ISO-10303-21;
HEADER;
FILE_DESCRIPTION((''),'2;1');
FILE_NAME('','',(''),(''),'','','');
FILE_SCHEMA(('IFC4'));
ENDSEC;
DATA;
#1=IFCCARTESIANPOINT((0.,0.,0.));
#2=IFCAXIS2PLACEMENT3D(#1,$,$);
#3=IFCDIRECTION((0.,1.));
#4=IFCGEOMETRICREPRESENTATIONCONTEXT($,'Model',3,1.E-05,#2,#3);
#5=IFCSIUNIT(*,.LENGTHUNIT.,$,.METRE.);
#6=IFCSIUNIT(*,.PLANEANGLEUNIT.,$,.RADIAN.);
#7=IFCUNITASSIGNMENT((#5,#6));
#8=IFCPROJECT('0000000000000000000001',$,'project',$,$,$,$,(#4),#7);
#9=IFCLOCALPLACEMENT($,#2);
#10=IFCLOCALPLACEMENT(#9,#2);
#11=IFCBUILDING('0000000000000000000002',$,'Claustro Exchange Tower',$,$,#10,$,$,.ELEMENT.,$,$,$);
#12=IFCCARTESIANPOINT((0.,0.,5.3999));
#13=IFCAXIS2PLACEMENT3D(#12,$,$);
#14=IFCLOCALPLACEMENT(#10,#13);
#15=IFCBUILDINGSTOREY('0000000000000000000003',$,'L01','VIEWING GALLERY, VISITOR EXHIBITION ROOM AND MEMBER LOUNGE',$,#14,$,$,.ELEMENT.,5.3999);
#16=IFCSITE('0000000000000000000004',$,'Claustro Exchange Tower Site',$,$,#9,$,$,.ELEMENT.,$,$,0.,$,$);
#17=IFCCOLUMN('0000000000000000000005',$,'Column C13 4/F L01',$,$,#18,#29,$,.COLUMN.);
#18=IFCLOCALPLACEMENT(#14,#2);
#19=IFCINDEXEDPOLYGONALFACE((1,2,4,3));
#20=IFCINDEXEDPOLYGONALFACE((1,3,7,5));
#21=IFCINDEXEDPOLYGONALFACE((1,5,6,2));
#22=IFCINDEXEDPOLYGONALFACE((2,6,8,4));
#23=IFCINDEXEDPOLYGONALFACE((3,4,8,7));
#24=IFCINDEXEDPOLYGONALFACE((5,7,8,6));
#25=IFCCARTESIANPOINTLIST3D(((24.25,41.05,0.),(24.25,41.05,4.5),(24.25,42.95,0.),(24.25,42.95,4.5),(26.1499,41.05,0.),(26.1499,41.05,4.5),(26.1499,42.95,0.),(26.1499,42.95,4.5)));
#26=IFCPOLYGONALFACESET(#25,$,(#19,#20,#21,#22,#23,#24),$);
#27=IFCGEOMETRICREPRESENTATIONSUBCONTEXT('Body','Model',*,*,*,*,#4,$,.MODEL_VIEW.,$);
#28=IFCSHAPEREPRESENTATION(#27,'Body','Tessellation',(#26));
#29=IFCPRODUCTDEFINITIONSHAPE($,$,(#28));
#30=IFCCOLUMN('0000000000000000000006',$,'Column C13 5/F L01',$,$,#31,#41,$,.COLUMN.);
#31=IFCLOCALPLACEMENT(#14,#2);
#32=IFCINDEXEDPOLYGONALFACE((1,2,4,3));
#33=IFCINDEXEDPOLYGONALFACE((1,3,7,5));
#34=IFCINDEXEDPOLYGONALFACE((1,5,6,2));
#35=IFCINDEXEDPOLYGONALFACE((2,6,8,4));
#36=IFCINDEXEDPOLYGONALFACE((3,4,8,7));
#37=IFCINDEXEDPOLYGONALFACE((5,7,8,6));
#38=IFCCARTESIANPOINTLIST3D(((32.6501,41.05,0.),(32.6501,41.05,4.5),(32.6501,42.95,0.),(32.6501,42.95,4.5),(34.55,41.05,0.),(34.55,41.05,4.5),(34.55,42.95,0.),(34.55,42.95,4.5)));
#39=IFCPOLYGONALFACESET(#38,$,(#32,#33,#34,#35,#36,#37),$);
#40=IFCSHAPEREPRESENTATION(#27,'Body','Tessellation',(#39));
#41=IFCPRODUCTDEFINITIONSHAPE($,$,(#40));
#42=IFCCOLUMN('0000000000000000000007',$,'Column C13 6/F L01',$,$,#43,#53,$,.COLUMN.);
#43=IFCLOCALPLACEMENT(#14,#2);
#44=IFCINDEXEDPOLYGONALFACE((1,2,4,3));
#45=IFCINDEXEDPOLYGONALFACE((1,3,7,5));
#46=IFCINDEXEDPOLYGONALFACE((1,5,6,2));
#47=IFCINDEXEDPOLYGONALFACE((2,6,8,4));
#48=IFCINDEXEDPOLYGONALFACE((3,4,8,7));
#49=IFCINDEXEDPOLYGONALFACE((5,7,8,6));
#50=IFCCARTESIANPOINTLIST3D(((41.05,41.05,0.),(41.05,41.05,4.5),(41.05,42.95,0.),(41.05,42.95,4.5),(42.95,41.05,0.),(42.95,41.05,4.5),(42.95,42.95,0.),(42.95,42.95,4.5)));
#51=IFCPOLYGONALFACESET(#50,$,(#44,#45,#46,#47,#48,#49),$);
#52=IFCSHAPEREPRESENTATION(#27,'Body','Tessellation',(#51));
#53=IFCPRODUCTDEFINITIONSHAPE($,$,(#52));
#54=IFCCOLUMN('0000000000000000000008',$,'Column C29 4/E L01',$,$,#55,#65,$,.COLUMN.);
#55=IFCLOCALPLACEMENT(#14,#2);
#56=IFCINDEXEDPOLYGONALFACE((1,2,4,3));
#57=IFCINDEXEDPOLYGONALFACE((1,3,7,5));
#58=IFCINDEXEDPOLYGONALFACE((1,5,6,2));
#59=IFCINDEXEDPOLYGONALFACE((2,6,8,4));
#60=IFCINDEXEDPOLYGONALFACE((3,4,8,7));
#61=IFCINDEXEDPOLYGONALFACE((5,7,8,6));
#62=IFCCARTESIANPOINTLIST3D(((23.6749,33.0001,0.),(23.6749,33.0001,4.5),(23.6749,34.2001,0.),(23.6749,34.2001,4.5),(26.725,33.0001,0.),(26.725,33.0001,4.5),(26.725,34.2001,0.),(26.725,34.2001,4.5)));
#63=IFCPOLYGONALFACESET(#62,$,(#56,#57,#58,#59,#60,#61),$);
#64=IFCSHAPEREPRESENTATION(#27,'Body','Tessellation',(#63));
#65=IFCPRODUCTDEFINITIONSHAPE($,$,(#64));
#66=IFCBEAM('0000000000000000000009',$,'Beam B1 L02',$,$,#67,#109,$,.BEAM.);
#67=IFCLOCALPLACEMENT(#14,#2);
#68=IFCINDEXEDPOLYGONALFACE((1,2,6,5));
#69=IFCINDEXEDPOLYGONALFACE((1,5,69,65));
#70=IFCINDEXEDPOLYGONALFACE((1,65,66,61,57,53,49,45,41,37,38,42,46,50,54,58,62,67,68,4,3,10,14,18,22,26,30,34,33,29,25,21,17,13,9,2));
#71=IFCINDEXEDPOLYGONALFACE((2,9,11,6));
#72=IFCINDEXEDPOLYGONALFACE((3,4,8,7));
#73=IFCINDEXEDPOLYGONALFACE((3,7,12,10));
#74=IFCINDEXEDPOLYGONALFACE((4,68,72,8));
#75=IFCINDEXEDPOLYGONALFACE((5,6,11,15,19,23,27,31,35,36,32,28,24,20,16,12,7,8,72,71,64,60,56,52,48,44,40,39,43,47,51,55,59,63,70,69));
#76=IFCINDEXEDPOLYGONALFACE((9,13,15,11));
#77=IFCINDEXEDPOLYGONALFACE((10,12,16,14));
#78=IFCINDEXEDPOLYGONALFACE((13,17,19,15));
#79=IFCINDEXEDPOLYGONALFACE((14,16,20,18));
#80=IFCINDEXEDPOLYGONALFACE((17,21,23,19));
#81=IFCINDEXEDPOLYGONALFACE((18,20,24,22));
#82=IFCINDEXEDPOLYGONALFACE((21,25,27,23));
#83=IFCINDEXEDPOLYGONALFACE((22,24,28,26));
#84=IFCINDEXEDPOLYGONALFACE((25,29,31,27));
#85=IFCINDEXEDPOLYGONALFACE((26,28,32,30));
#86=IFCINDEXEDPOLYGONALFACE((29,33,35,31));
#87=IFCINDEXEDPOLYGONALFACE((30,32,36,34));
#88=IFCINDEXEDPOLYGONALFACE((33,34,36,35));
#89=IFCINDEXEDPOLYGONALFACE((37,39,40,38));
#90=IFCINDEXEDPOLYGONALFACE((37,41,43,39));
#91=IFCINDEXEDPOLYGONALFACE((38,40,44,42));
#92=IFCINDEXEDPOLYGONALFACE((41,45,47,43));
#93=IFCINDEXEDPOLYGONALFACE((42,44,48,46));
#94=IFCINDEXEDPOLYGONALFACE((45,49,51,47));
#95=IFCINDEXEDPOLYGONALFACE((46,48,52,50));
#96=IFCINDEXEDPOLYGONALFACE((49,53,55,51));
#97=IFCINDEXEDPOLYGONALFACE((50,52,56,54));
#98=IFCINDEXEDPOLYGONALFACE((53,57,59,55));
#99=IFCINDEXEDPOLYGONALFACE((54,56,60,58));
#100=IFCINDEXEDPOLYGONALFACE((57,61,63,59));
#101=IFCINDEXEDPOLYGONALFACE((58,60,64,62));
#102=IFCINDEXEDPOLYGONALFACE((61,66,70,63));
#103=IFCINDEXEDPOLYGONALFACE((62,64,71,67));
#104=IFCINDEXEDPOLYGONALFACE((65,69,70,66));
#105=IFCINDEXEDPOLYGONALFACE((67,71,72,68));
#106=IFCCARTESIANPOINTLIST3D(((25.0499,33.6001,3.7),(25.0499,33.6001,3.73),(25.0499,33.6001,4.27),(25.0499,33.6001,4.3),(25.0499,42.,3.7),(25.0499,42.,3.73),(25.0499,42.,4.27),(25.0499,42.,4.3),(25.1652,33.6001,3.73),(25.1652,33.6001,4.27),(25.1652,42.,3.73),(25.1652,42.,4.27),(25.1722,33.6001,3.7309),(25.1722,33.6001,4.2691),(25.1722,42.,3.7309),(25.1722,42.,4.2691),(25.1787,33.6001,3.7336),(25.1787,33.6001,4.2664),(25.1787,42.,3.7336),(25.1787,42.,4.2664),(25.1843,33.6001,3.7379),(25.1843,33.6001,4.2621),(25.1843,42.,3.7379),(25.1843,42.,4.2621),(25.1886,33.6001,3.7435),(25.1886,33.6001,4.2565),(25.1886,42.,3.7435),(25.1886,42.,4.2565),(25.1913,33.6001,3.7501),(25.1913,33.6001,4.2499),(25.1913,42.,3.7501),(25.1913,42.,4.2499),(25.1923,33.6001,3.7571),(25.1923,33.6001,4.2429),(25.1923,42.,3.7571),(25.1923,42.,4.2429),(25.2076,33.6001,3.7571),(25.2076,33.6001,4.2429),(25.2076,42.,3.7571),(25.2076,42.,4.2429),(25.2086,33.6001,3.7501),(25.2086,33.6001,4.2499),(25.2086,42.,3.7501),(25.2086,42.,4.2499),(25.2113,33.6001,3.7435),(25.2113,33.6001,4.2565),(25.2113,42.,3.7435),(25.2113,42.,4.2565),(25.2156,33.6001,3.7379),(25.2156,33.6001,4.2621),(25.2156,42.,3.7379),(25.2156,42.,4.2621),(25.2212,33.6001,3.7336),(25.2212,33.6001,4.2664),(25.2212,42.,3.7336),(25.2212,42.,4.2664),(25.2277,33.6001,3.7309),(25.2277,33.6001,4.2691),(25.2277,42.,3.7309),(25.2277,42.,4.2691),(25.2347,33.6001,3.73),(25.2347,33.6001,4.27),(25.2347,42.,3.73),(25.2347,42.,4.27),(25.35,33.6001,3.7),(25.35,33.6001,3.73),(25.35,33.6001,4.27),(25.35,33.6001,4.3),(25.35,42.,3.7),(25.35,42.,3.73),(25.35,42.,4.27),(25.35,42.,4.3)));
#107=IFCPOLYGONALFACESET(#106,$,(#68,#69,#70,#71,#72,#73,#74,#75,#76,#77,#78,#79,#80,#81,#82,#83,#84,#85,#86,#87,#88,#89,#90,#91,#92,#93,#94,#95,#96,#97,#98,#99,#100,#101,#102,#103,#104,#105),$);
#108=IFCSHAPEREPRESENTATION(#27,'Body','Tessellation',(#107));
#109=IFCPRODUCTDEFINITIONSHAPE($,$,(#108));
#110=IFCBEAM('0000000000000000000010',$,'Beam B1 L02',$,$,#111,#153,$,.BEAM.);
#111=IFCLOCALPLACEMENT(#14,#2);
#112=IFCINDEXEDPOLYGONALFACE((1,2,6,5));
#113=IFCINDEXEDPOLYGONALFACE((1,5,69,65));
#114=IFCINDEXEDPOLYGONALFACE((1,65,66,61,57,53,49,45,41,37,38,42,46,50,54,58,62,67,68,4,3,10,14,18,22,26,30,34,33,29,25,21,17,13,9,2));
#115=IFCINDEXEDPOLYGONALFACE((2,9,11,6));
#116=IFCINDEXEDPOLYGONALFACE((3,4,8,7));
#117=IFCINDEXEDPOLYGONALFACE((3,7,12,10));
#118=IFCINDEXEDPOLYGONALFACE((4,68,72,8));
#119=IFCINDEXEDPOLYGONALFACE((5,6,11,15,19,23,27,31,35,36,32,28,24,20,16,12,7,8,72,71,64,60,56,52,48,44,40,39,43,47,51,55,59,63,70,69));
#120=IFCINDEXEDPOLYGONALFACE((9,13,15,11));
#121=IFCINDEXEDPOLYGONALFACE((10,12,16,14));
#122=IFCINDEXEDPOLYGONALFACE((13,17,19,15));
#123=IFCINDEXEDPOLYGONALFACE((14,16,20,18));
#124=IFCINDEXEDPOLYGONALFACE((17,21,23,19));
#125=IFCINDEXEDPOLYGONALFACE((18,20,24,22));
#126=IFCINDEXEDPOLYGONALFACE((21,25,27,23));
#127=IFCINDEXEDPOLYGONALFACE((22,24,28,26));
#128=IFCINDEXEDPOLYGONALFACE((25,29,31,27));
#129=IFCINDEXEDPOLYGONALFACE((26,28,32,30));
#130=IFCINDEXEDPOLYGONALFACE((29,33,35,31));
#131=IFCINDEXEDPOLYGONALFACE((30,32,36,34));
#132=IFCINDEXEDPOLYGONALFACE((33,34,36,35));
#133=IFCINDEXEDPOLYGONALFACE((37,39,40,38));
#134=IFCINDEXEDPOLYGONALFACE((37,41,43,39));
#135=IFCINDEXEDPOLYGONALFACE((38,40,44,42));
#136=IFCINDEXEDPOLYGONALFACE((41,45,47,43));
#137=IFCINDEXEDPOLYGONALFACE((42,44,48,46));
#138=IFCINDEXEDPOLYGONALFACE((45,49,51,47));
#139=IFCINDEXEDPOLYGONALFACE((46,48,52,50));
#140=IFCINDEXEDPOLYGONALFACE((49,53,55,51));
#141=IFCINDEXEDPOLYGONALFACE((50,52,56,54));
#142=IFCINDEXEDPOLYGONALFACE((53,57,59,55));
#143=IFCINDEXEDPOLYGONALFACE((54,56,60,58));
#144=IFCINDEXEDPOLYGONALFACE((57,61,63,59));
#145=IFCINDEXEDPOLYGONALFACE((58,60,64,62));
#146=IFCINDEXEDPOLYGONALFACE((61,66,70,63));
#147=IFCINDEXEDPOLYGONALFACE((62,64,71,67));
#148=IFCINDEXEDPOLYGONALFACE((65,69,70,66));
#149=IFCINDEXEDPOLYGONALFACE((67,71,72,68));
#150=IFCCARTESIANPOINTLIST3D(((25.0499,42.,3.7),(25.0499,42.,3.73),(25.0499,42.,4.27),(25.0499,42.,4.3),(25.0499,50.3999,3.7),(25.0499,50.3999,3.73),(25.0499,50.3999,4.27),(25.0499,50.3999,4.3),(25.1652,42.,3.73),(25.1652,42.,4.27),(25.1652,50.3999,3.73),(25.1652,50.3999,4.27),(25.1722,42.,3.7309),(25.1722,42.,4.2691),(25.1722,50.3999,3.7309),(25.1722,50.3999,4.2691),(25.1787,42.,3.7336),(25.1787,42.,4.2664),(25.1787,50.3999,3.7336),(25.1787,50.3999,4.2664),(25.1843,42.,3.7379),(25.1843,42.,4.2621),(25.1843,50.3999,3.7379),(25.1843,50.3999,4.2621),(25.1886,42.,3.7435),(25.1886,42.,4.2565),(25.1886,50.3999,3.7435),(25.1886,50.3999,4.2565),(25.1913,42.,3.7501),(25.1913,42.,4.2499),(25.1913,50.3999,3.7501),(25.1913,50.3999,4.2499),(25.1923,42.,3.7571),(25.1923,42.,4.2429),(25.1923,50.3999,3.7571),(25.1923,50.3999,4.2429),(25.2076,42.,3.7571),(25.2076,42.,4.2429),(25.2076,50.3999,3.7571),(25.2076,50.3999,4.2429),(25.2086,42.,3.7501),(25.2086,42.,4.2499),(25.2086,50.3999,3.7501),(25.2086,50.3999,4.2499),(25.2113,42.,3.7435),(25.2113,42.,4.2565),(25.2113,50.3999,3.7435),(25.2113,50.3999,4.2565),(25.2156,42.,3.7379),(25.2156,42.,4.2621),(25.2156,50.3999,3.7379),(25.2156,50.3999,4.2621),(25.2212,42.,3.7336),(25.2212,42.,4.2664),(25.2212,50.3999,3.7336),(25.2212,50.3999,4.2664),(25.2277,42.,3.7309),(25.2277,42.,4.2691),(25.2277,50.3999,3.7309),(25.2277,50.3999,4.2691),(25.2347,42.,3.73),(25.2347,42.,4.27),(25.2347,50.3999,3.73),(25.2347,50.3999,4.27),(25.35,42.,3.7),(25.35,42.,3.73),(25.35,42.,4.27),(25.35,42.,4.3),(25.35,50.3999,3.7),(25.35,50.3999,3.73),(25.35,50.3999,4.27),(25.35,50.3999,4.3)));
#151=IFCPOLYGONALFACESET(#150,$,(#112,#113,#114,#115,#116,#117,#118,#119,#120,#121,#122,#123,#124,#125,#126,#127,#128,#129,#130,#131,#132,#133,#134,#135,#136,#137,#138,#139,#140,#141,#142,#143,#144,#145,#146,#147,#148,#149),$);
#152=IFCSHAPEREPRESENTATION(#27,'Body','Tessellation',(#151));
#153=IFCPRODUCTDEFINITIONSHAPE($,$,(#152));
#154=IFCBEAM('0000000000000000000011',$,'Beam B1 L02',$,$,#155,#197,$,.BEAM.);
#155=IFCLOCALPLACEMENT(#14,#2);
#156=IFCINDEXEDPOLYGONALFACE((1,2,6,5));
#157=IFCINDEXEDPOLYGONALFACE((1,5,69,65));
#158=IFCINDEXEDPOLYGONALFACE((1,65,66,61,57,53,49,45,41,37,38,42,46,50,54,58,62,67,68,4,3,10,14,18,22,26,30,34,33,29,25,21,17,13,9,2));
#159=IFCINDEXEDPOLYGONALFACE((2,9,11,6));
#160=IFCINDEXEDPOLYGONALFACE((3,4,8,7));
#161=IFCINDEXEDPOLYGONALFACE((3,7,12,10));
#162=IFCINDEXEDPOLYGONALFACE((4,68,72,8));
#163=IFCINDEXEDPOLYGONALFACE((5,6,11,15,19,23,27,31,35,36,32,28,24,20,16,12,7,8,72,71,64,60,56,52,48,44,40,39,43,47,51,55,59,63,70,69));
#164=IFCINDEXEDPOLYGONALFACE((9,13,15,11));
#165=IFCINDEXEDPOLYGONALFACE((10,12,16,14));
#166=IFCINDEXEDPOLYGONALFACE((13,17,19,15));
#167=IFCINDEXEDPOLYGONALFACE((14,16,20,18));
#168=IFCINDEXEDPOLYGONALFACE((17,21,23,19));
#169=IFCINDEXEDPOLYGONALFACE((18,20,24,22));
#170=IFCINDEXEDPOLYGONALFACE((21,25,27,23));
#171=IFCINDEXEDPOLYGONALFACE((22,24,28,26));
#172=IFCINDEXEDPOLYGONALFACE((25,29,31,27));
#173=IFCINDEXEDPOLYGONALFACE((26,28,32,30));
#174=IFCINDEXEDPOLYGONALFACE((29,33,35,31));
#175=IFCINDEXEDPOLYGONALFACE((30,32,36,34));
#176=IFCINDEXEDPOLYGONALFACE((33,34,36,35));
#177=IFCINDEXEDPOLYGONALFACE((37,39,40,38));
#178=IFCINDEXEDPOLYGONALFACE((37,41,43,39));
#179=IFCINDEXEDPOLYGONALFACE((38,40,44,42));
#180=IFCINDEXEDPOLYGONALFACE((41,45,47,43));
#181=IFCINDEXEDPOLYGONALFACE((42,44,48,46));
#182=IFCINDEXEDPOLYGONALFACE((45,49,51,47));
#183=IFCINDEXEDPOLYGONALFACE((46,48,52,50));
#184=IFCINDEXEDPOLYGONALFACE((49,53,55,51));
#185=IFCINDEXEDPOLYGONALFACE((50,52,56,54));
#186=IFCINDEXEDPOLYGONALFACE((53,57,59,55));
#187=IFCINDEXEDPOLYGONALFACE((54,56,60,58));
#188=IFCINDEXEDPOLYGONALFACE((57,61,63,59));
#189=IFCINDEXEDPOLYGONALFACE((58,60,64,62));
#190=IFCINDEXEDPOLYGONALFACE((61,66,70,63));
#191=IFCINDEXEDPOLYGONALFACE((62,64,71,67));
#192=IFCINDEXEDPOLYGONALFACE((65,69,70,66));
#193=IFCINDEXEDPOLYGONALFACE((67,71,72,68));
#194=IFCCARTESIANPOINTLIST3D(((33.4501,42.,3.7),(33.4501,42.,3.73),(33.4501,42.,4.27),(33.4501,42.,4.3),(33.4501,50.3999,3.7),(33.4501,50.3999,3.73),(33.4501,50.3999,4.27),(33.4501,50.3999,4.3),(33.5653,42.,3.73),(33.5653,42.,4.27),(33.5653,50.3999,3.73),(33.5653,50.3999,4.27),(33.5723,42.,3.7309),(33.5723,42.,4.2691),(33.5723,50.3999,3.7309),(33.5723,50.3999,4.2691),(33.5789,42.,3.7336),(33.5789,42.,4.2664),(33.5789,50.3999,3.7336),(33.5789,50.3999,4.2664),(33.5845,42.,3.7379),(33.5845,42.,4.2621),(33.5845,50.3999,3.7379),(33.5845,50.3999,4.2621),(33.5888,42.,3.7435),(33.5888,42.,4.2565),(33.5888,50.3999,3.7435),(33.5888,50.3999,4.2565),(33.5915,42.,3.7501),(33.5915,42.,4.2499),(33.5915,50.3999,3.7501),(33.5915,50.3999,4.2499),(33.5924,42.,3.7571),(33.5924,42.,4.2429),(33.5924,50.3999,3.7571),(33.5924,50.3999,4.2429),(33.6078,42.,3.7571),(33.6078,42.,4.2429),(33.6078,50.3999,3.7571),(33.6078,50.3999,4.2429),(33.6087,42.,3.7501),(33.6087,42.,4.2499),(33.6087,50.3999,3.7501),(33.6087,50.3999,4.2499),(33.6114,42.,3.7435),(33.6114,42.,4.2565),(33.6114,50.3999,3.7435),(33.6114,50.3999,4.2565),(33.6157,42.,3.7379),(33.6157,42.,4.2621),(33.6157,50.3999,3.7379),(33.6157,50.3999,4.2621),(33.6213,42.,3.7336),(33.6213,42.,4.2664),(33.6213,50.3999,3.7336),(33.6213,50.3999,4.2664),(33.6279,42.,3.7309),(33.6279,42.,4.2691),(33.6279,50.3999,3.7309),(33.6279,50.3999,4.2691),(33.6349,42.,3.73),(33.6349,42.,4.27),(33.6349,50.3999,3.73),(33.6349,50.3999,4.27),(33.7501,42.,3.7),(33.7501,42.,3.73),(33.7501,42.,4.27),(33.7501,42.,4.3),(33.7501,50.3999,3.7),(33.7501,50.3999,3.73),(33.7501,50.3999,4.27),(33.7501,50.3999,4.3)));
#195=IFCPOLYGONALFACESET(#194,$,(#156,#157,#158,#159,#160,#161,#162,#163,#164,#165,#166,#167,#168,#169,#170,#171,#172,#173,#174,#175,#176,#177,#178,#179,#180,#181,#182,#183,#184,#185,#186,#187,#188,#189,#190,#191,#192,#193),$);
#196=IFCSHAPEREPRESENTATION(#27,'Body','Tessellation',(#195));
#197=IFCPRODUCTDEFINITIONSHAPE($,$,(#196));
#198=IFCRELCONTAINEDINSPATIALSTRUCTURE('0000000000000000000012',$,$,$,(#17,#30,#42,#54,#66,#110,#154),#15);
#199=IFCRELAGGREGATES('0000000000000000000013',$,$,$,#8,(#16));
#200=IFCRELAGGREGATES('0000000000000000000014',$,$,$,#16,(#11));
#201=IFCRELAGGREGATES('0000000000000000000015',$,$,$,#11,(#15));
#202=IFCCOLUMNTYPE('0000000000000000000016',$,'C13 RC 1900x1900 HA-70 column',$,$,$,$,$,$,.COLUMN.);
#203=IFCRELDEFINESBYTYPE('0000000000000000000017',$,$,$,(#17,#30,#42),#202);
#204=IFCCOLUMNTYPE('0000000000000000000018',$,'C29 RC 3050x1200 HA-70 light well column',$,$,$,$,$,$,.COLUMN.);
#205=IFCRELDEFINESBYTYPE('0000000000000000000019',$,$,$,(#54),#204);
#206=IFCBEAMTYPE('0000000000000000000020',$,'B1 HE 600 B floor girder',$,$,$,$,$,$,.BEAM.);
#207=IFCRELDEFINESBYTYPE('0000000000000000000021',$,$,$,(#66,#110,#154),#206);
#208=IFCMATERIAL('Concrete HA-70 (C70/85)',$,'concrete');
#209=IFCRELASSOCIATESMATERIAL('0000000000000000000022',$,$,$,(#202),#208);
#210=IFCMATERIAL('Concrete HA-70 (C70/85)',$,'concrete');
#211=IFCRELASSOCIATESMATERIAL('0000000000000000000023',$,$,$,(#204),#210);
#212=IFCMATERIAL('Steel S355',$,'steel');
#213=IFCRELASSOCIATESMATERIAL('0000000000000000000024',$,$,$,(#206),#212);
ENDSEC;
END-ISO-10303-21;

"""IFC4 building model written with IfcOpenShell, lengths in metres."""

from ifc_helpers import new_model, si_unit, direction, frame, origin, origin_2d, place, context, subcontext, project, spatial, rectangle, i_section, extrude, material, material_profile, profile_set, type_object, element, save


model = new_model("IFC4")

# Units and contexts
model_context = context("Model", 3, precision=1e-05, world=origin(), true_north=direction((0.0, 1.0)))
body_context = subcontext(model_context, "Body", "Model", "MODEL_VIEW")
ifc_project = project(units=[si_unit("LENGTHUNIT", "METRE"), si_unit("PLANEANGLEUNIT", "RADIAN")], contexts=[model_context])

# Site, building, storey
site_placement = place(None, origin())
site = spatial("IfcSite", under=ifc_project, at=site_placement, Name="Claustro Exchange Tower Site", CompositionType="ELEMENT", RefElevation=0.0)
building_placement = place(site_placement, origin())
building = spatial("IfcBuilding", under=site, at=building_placement, Name="Claustro Exchange Tower", CompositionType="ELEMENT")
storey_placement = place(building_placement, frame((0.0, 0.0, 5.3999)))
storey = spatial("IfcBuildingStorey", under=building, at=storey_placement, Name="L01", Description="VIEWING GALLERY, VISITOR EXHIBITION ROOM AND MEMBER LOUNGE", CompositionType="ELEMENT", Elevation=5.3999)

# Columns
ifc_material_1 = material(Name="Concrete HA-70 (C70/85)", Category="concrete")
ifc_material_profile_1 = material_profile(ifc_material_1, rectangle(XDim=1.8999, YDim=1.8999, at=origin_2d()), Name="RC 1900x1900")
ifc_profile_set_1 = profile_set([ifc_material_profile_1], Name="Concrete HA-70 (C70/85)")
column_type_1 = type_object("IfcColumnType", Name="C13 RC 1900x1900 HA-70 column", PredefinedType="COLUMN", material=ifc_profile_set_1)
for number, where, z_axis, x_axis, name in (
    (1, (25.2, 42.0, 0.0), (0.0, 0.0, 1.0), (1.0, 0.0, 0.0), "Column C13 4/F L01"),
    (2, (33.6001, 42.0, 0.0), (0.0, 0.0, 1.0), (1.0, 0.0, 0.0), "Column C13 5/F L01"),
    (3, (42.0, 42.0, 0.0), (0.0, 0.0, 1.0), (1.0, 0.0, 0.0), "Column C13 6/F L01"),
):
    element("IfcColumn", number, at=place(storey_placement, frame(where, z_axis=z_axis, x_axis=x_axis)), inside=storey, type_object=column_type_1, Name=name, PredefinedType="COLUMN", context=body_context, shape_type="SweptSolid", body=[
        extrude(rectangle(XDim=1.8999, YDim=1.8999, at=origin_2d()), origin(), (0.0, 0.0, 1.0), 4.5),
    ])
ifc_material_2 = material(Name="Concrete HA-70 (C70/85)", Category="concrete")
ifc_material_profile_2 = material_profile(ifc_material_2, rectangle(XDim=3.05, YDim=1.2, at=origin_2d()), Name="RC 3050x1200")
ifc_profile_set_2 = profile_set([ifc_material_profile_2], Name="Concrete HA-70 (C70/85)")
column_type_2 = type_object("IfcColumnType", Name="C29 RC 3050x1200 HA-70 light well column", PredefinedType="COLUMN", material=ifc_profile_set_2)
column_placement = place(storey_placement, frame((25.2, 33.6001, 0.0), z_axis=(0.0, 0.0, 1.0), x_axis=(1.0, 0.0, 0.0)))
element("IfcColumn", 4, at=column_placement, inside=storey, type_object=column_type_2, Name="Column C29 4/E L01", PredefinedType="COLUMN", context=body_context, shape_type="SweptSolid", body=[
    extrude(rectangle(XDim=3.05, YDim=1.2, at=origin_2d()), origin(), (0.0, 0.0, 1.0), 4.5),
])

# Beams
ifc_material_3 = material(Name="Steel S355", Category="steel")
ifc_material_profile_3 = material_profile(ifc_material_3, i_section(OverallWidth=0.3, OverallDepth=0.6001, WebThickness=0.0154, FlangeThickness=0.03, FilletRadius=0.0271, at=origin_2d()), Name="HE 600 B")
ifc_profile_set_3 = profile_set([ifc_material_profile_3], Name="Steel S355")
beam_type_1 = type_object("IfcBeamType", Name="B1 HE 600 B floor girder", PredefinedType="BEAM", material=ifc_profile_set_3)
for number, where, z_axis, x_axis, name in (
    (5, (25.2, 33.6001, 4.0), (0.0, 1.0, 0.0), (-1.0, 0.0, 0.0), "Beam B1 L02"),
    (6, (25.2, 42.0, 4.0), (0.0, 1.0, 0.0), (-1.0, 0.0, 0.0), "Beam B1 L02"),
    (7, (33.6001, 42.0, 4.0), (0.0, 1.0, 0.0), (-1.0, 0.0, 0.0), "Beam B1 L02"),
):
    element("IfcBeam", number, at=place(storey_placement, frame(where, z_axis=z_axis, x_axis=x_axis)), inside=storey, type_object=beam_type_1, Name=name, PredefinedType="BEAM", context=body_context, shape_type="SweptSolid", body=[
        extrude(i_section(OverallWidth=0.3, OverallDepth=0.6001, WebThickness=0.0154, FlangeThickness=0.03, FilletRadius=0.0271, at=origin_2d()), origin(), (0.0, 0.0, 1.0), 8.3999),
    ])

save(model, "model.ifc")
